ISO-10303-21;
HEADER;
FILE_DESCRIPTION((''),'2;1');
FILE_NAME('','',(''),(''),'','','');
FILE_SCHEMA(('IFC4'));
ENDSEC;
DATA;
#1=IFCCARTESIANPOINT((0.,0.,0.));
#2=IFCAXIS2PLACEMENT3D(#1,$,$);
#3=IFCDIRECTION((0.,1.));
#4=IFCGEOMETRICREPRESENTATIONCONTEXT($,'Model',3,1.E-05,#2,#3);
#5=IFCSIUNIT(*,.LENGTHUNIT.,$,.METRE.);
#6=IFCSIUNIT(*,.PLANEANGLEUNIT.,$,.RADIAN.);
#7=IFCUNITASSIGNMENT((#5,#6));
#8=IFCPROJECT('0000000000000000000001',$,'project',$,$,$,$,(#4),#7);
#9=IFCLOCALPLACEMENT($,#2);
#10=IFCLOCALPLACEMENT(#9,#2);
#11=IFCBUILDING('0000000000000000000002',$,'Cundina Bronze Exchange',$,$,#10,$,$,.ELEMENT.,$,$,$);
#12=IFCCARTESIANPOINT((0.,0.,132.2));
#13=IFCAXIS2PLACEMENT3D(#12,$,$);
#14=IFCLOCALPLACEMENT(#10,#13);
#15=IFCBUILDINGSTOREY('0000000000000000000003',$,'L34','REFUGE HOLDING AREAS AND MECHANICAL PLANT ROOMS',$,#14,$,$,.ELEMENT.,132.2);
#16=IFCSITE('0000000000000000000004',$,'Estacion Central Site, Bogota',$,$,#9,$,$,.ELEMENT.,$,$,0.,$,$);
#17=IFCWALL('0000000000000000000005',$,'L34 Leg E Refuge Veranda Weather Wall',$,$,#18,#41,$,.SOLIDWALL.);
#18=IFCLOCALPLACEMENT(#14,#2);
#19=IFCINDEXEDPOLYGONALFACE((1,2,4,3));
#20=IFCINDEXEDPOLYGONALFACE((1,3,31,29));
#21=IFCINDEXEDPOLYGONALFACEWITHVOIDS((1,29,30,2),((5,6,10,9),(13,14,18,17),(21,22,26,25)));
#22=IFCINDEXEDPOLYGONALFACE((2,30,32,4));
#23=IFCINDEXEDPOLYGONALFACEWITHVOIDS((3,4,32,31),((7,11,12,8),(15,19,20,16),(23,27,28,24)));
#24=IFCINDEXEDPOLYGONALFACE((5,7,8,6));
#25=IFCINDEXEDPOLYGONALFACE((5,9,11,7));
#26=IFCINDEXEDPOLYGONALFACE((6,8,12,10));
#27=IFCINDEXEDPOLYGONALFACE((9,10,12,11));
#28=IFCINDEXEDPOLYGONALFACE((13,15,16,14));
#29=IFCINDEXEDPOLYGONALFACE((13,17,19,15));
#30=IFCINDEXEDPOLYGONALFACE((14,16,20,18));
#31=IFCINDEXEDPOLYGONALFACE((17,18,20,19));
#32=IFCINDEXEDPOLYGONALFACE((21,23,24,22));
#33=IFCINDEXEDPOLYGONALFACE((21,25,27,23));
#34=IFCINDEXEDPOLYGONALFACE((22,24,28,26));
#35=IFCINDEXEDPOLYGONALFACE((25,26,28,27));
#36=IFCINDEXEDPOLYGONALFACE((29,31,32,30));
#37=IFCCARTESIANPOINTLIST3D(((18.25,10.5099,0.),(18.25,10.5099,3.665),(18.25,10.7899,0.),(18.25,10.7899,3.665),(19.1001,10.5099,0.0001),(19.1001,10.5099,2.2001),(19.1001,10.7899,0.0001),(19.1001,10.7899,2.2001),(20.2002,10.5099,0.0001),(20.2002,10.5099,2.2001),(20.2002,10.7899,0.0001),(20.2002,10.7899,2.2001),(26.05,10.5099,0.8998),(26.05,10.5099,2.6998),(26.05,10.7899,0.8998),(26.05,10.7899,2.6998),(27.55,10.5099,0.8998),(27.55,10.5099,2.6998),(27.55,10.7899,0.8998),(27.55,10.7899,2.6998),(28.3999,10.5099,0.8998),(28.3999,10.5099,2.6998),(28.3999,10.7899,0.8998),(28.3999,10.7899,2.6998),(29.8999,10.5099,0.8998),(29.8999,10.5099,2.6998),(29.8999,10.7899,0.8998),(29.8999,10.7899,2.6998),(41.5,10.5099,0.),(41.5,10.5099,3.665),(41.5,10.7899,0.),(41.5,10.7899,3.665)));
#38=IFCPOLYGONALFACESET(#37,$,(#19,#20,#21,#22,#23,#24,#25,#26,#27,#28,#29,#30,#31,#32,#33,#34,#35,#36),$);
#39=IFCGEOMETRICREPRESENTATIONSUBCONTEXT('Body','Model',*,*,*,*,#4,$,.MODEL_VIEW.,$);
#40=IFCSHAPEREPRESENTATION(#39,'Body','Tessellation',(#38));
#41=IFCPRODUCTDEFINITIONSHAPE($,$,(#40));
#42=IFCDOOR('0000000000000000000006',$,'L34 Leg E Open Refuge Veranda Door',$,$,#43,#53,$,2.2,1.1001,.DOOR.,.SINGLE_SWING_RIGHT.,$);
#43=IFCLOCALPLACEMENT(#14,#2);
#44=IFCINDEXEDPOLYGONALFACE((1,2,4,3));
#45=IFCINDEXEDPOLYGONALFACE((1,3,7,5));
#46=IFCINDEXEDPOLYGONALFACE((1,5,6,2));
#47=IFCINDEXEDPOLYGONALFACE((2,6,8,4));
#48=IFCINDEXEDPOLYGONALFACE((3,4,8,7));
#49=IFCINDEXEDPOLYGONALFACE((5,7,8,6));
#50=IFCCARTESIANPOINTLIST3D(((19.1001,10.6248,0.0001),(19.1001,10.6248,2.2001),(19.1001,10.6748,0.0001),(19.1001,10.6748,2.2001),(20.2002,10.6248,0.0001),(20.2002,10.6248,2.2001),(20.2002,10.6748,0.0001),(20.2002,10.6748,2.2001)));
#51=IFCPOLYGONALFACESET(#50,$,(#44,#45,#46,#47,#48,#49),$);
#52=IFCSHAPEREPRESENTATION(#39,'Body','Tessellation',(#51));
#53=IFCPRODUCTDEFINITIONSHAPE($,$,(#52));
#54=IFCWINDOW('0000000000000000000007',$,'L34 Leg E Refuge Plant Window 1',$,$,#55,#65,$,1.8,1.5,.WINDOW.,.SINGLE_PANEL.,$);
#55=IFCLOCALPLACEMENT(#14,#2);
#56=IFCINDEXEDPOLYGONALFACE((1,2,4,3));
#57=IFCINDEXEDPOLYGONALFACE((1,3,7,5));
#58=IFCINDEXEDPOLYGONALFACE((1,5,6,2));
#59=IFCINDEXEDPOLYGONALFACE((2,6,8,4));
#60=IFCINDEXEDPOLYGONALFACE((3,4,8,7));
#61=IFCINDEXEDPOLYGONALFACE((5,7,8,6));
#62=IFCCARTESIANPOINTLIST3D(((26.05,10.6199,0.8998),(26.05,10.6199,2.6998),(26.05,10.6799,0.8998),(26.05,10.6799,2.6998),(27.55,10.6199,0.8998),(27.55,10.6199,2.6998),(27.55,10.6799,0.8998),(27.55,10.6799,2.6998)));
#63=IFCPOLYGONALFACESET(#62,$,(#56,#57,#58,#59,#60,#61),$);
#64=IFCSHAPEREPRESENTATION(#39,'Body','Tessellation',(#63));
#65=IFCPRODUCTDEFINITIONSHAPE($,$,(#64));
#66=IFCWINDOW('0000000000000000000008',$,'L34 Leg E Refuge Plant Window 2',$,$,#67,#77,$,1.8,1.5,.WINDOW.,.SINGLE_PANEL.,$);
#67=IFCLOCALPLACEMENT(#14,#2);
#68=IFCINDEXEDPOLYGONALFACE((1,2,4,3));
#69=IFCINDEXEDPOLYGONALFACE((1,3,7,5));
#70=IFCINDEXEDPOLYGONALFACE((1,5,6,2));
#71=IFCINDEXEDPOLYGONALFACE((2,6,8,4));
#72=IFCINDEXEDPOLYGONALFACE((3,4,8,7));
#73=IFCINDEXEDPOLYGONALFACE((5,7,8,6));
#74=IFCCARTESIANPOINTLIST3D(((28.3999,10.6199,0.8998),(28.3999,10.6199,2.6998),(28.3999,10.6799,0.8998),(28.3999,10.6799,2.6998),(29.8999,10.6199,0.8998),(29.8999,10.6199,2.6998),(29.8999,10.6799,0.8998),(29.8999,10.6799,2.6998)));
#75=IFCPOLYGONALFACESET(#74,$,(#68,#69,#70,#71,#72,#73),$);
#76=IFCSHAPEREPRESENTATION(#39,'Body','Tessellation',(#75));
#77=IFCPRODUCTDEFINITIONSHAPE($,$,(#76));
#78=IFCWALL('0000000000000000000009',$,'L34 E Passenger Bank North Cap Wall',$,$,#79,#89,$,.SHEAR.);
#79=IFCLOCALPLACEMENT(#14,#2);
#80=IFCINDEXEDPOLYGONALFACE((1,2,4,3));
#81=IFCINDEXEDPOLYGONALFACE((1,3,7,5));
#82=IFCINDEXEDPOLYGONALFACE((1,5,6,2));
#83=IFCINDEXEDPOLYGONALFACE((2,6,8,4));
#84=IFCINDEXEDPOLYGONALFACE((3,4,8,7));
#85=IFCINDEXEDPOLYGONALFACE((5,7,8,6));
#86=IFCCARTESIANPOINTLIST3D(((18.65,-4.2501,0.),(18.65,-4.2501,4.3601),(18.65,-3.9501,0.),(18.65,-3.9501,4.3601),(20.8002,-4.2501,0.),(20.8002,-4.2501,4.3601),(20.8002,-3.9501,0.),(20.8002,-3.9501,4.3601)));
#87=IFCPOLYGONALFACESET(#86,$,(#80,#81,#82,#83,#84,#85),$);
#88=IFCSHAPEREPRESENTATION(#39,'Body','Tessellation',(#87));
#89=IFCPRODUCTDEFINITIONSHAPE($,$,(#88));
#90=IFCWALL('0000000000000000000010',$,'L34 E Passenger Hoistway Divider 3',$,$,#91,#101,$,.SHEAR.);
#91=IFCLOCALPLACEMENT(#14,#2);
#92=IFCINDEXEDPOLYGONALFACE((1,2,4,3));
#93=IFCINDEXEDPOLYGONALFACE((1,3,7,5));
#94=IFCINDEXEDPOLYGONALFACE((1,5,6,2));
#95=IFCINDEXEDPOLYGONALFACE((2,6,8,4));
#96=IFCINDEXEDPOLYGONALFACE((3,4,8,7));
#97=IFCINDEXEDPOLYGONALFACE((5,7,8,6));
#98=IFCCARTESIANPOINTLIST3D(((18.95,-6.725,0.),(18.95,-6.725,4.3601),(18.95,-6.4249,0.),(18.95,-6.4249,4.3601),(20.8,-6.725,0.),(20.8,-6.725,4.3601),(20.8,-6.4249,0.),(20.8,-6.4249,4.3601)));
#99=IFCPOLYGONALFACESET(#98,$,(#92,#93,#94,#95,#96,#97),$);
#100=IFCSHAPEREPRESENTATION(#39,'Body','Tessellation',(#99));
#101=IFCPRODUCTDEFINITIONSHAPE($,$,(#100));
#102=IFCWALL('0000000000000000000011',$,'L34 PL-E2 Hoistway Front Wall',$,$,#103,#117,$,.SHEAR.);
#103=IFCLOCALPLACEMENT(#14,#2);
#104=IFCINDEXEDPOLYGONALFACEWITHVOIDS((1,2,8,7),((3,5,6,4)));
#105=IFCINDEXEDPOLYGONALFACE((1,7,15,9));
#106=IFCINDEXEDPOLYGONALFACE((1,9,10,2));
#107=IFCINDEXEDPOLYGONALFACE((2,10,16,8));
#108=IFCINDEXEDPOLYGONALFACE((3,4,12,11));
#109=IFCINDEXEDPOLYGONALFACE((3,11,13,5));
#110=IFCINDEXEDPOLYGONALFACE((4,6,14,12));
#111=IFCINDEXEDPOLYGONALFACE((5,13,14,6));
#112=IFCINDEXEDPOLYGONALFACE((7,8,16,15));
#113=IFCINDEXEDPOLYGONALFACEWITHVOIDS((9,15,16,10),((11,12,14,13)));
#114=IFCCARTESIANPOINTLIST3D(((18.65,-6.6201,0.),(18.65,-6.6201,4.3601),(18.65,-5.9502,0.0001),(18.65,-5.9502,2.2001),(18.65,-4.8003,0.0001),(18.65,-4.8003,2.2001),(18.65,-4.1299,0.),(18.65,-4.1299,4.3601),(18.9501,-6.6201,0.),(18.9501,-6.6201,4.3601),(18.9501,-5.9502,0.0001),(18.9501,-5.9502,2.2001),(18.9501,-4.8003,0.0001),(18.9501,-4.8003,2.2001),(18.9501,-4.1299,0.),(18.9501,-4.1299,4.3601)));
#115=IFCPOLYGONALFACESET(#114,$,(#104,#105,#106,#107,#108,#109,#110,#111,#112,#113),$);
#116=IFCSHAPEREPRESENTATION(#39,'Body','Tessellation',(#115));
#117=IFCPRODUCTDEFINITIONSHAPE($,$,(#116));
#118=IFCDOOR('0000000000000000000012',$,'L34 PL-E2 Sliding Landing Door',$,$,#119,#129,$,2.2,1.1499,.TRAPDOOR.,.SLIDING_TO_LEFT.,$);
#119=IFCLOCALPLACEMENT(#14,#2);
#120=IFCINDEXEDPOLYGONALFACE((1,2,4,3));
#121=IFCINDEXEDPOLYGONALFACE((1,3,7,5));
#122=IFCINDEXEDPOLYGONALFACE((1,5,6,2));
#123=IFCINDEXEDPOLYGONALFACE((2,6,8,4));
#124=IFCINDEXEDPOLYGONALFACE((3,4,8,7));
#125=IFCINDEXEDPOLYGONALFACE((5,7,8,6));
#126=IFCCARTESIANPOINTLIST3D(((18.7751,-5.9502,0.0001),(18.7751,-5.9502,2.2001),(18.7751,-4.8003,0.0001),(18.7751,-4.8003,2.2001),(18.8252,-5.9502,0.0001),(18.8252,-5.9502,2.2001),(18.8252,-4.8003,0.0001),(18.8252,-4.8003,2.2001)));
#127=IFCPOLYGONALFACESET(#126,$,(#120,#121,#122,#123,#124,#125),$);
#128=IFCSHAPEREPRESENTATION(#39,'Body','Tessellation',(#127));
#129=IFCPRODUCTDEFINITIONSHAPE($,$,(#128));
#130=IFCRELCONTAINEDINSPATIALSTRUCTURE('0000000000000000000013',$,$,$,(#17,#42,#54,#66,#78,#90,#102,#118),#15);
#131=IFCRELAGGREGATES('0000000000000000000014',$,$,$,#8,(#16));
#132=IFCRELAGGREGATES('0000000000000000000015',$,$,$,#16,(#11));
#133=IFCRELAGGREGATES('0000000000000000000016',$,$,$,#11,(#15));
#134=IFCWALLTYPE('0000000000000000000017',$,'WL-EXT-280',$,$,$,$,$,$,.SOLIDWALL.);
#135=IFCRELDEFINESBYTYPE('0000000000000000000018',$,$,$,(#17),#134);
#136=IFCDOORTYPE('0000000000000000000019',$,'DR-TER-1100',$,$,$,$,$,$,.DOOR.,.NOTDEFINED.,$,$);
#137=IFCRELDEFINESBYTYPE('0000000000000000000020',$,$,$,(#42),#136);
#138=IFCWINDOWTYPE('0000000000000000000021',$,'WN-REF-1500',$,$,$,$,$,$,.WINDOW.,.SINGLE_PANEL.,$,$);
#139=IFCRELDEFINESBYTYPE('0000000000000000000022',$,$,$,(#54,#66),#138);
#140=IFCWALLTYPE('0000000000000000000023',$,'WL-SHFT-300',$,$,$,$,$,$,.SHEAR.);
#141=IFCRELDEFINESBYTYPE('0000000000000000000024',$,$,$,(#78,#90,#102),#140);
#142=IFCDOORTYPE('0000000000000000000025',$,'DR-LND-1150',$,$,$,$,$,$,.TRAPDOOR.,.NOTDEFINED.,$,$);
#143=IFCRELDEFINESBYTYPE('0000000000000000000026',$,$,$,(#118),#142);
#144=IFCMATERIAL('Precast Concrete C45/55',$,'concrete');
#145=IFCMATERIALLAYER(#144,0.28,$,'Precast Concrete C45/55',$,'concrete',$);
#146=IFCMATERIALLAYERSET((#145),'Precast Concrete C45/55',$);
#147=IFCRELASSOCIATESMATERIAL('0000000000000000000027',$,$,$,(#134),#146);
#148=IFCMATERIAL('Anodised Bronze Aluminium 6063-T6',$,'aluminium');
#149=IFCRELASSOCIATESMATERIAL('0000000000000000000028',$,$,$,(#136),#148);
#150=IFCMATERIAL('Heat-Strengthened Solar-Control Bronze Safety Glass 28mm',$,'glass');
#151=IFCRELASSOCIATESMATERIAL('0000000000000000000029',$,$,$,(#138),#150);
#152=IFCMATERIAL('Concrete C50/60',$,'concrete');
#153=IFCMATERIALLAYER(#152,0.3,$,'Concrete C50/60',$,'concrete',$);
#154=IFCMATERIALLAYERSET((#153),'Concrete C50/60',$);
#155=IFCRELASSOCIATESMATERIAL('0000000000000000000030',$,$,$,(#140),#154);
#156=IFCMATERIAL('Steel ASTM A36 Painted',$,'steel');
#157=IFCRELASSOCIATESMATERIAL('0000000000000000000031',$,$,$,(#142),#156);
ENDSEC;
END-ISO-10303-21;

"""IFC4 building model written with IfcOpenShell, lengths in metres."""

from ifc_helpers import new_model, si_unit, direction, frame, frame_2d, origin, place, context, subcontext, project, spatial, rectangle, extrude, material, layer, layer_set, type_object, element, fill, save


model = new_model("IFC4")

# Units and contexts
model_context = context("Model", 3, precision=1e-05, world=origin(), true_north=direction((0.0, 1.0)))
body_context = subcontext(model_context, "Body", "Model", "MODEL_VIEW")
ifc_project = project(units=[si_unit("LENGTHUNIT", "METRE"), si_unit("PLANEANGLEUNIT", "RADIAN")], contexts=[model_context])

# Site, building, storey
site_placement = place(None, origin())
site = spatial("IfcSite", under=ifc_project, at=site_placement, Name="Estacion Central Site, Bogota", CompositionType="ELEMENT", RefElevation=0.0)
building_placement = place(site_placement, origin())
building = spatial("IfcBuilding", under=site, at=building_placement, Name="Cundina Bronze Exchange", CompositionType="ELEMENT")
storey_placement = place(building_placement, frame((0.0, 0.0, 132.2)))
storey = spatial("IfcBuildingStorey", under=building, at=storey_placement, Name="L34", Description="REFUGE HOLDING AREAS AND MECHANICAL PLANT ROOMS", CompositionType="ELEMENT", Elevation=132.2)

# Shared definitions
ifc_material_1 = material(Name="Steel ASTM A36 Painted", Category="steel")

# Wall, openings, door, windows
ifc_material_2 = material(Name="Precast Concrete C45/55", Category="concrete")
ifc_layer_1 = layer(ifc_material_2, 0.28, Name="Precast Concrete C45/55", Category="concrete")
ifc_layer_set_1 = layer_set([ifc_layer_1], Name="Precast Concrete C45/55")
wall_type_1 = type_object("IfcWallType", Name="WL-EXT-280", PredefinedType="SOLIDWALL", material=ifc_layer_set_1)
wall_1_placement = place(storey_placement, frame((18.25, 10.6499, 0.0), z_axis=(0.0, 0.0, 1.0), x_axis=(1.0, 0.0, 0.0)))
wall_1 = element("IfcWall", 1, at=wall_1_placement, inside=storey, type_object=wall_type_1, Name="L34 Leg E Refuge Veranda Weather Wall", PredefinedType="SOLIDWALL", context=body_context, shape_type="SweptSolid", body=[
    extrude(rectangle(XDim=23.25, YDim=0.28, at=frame_2d((11.625, 0.0))), origin(), (0.0, 0.0, 1.0), 3.665),
])
opening_1_placement = place(wall_1_placement, frame((0.8501, 0.0, 0.0)))
opening_1 = element("IfcOpeningElement", 2, at=opening_1_placement, cuts=wall_1, PredefinedType="OPENING", context=body_context, shape_type="SweptSolid", body=[
    extrude(rectangle(XDim=1.1001, YDim=2.2, at=frame_2d((0.55, 1.1001))), frame((0.0, 0.1499, 0.0), z_axis=(0.0, -1.0, 0.0), x_axis=(1.0, 0.0, 0.0)), (0.0, 0.0, 1.0), 0.3),
])
opening_2_placement = place(wall_1_placement, frame((7.8, 0.0, 0.8999)))
opening_2 = element("IfcOpeningElement", 3, at=opening_2_placement, cuts=wall_1, PredefinedType="OPENING", context=body_context, shape_type="SweptSolid", body=[
    extrude(rectangle(XDim=1.5, YDim=1.8, at=frame_2d((0.75, 0.8999))), frame((0.0, 0.1499, 0.0), z_axis=(0.0, -1.0, 0.0), x_axis=(1.0, 0.0, 0.0)), (0.0, 0.0, 1.0), 0.3),
])
opening_3_placement = place(wall_1_placement, frame((10.1499, 0.0, 0.8999)))
opening_3 = element("IfcOpeningElement", 4, at=opening_3_placement, cuts=wall_1, PredefinedType="OPENING", context=body_context, shape_type="SweptSolid", body=[
    extrude(rectangle(XDim=1.5, YDim=1.8, at=frame_2d((0.75, 0.8999))), frame((0.0, 0.1499, 0.0), z_axis=(0.0, -1.0, 0.0), x_axis=(1.0, 0.0, 0.0)), (0.0, 0.0, 1.0), 0.3),
])
ifc_material_3 = material(Name="Anodised Bronze Aluminium 6063-T6", Category="aluminium")
door_type_1 = type_object("IfcDoorType", Name="DR-TER-1100", OperationType="NOTDEFINED", PredefinedType="DOOR", material=ifc_material_3)
door_1_placement = place(opening_1_placement, origin())
door_1 = element("IfcDoor", 5, at=door_1_placement, inside=storey, type_object=door_type_1, Name="L34 Leg E Open Refuge Veranda Door", OperationType="SINGLE_SWING_RIGHT", OverallHeight=2.2, OverallWidth=1.1001, PredefinedType="DOOR", context=body_context, shape_type="SweptSolid", body=[
    extrude(rectangle(XDim=1.1001, YDim=2.2, at=frame_2d((0.55, 1.1001))), frame((0.0, 0.0249, 0.0), z_axis=(0.0, -1.0, 0.0), x_axis=(1.0, 0.0, 0.0)), (0.0, 0.0, 1.0), 0.05),
])
fill(opening_1, door_1)
ifc_material_4 = material(Name="Heat-Strengthened Solar-Control Bronze Safety Glass 28mm", Category="glass")
window_type = type_object("IfcWindowType", Name="WN-REF-1500", PartitioningType="SINGLE_PANEL", PredefinedType="WINDOW", material=ifc_material_4)
window_1_placement = place(opening_2_placement, origin())
window_1 = element("IfcWindow", 6, at=window_1_placement, inside=storey, type_object=window_type, Name="L34 Leg E Refuge Plant Window 1", OverallHeight=1.8, OverallWidth=1.5, PartitioningType="SINGLE_PANEL", PredefinedType="WINDOW", context=body_context, shape_type="SweptSolid", body=[
    extrude(rectangle(XDim=1.5, YDim=1.8, at=frame_2d((0.75, 0.8999))), frame((0.0, 0.03, 0.0), z_axis=(0.0, -1.0, 0.0), x_axis=(1.0, 0.0, 0.0)), (0.0, 0.0, 1.0), 0.0601),
])
fill(opening_2, window_1)
window_2_placement = place(opening_3_placement, origin())
window_2 = element("IfcWindow", 7, at=window_2_placement, inside=storey, type_object=window_type, Name="L34 Leg E Refuge Plant Window 2", OverallHeight=1.8, OverallWidth=1.5, PartitioningType="SINGLE_PANEL", PredefinedType="WINDOW", context=body_context, shape_type="SweptSolid", body=[
    extrude(rectangle(XDim=1.5, YDim=1.8, at=frame_2d((0.75, 0.8999))), frame((0.0, 0.03, 0.0), z_axis=(0.0, -1.0, 0.0), x_axis=(1.0, 0.0, 0.0)), (0.0, 0.0, 1.0), 0.0601),
])
fill(opening_3, window_2)

# Walls
ifc_material_5 = material(Name="Concrete C50/60", Category="concrete")
ifc_layer_2 = layer(ifc_material_5, 0.3, Name="Concrete C50/60", Category="concrete")
ifc_layer_set_2 = layer_set([ifc_layer_2], Name="Concrete C50/60")
wall_type_2 = type_object("IfcWallType", Name="WL-SHFT-300", PredefinedType="SHEAR", material=ifc_layer_set_2)
wall_2_placement = place(storey_placement, frame((18.6499, -4.1001, 0.0), z_axis=(0.0, 0.0, 1.0), x_axis=(1.0, 0.0, 0.0)))
element("IfcWall", 8, at=wall_2_placement, inside=storey, type_object=wall_type_2, Name="L34 E Passenger Bank North Cap Wall", PredefinedType="SHEAR", context=body_context, shape_type="SweptSolid", body=[
    extrude(rectangle(XDim=2.1501, YDim=0.3, at=frame_2d((1.0752, 0.0))), origin(), (0.0, 0.0, 1.0), 4.3601),
])
wall_3_placement = place(storey_placement, frame((18.95, -6.575, 0.0), z_axis=(0.0, 0.0, 1.0), x_axis=(1.0, 0.0, 0.0)))
element("IfcWall", 9, at=wall_3_placement, inside=storey, type_object=wall_type_2, Name="L34 E Passenger Hoistway Divider 3", PredefinedType="SHEAR", context=body_context, shape_type="SweptSolid", body=[
    extrude(rectangle(XDim=1.8501, YDim=0.3, at=frame_2d((0.925, 0.0))), origin(), (0.0, 0.0, 1.0), 4.3601),
])

# Wall, opening, door
wall_4_placement = place(storey_placement, frame((18.8, -6.6201, 0.0), z_axis=(0.0, 0.0, 1.0), x_axis=(0.0, 1.0, 0.0)))
wall_4 = element("IfcWall", 10, at=wall_4_placement, inside=storey, type_object=wall_type_2, Name="L34 PL-E2 Hoistway Front Wall", PredefinedType="SHEAR", context=body_context, shape_type="SweptSolid", body=[
    extrude(rectangle(XDim=2.4902, YDim=0.3, at=frame_2d((1.2451, 0.0))), origin(), (0.0, 0.0, 1.0), 4.3601),
])
opening_4_placement = place(wall_4_placement, frame((0.6699, 0.0, 0.0)))
opening_4 = element("IfcOpeningElement", 11, at=opening_4_placement, cuts=wall_4, PredefinedType="OPENING", context=body_context, shape_type="SweptSolid", body=[
    extrude(rectangle(XDim=1.1499, YDim=2.2, at=frame_2d((0.575, 1.1001))), frame((0.0, 0.1599, 0.0), z_axis=(0.0, -1.0, 0.0), x_axis=(1.0, 0.0, 0.0)), (0.0, 0.0, 1.0), 0.3201),
])
door_type_2 = type_object("IfcDoorType", Name="DR-LND-1150", OperationType="NOTDEFINED", PredefinedType="TRAPDOOR", material=ifc_material_1)
door_2_placement = place(opening_4_placement, origin())
door_2 = element("IfcDoor", 12, at=door_2_placement, inside=storey, type_object=door_type_2, Name="L34 PL-E2 Sliding Landing Door", OperationType="SLIDING_TO_LEFT", OverallHeight=2.2, OverallWidth=1.1499, PredefinedType="TRAPDOOR", context=body_context, shape_type="SweptSolid", body=[
    extrude(rectangle(XDim=1.1499, YDim=2.2, at=frame_2d((0.575, 1.1001))), frame((0.0, 0.0249, 0.0), z_axis=(0.0, -1.0, 0.0), x_axis=(1.0, 0.0, 0.0)), (0.0, 0.0, 1.0), 0.05),
])
fill(opening_4, door_2)

save(model, "model.ifc")
